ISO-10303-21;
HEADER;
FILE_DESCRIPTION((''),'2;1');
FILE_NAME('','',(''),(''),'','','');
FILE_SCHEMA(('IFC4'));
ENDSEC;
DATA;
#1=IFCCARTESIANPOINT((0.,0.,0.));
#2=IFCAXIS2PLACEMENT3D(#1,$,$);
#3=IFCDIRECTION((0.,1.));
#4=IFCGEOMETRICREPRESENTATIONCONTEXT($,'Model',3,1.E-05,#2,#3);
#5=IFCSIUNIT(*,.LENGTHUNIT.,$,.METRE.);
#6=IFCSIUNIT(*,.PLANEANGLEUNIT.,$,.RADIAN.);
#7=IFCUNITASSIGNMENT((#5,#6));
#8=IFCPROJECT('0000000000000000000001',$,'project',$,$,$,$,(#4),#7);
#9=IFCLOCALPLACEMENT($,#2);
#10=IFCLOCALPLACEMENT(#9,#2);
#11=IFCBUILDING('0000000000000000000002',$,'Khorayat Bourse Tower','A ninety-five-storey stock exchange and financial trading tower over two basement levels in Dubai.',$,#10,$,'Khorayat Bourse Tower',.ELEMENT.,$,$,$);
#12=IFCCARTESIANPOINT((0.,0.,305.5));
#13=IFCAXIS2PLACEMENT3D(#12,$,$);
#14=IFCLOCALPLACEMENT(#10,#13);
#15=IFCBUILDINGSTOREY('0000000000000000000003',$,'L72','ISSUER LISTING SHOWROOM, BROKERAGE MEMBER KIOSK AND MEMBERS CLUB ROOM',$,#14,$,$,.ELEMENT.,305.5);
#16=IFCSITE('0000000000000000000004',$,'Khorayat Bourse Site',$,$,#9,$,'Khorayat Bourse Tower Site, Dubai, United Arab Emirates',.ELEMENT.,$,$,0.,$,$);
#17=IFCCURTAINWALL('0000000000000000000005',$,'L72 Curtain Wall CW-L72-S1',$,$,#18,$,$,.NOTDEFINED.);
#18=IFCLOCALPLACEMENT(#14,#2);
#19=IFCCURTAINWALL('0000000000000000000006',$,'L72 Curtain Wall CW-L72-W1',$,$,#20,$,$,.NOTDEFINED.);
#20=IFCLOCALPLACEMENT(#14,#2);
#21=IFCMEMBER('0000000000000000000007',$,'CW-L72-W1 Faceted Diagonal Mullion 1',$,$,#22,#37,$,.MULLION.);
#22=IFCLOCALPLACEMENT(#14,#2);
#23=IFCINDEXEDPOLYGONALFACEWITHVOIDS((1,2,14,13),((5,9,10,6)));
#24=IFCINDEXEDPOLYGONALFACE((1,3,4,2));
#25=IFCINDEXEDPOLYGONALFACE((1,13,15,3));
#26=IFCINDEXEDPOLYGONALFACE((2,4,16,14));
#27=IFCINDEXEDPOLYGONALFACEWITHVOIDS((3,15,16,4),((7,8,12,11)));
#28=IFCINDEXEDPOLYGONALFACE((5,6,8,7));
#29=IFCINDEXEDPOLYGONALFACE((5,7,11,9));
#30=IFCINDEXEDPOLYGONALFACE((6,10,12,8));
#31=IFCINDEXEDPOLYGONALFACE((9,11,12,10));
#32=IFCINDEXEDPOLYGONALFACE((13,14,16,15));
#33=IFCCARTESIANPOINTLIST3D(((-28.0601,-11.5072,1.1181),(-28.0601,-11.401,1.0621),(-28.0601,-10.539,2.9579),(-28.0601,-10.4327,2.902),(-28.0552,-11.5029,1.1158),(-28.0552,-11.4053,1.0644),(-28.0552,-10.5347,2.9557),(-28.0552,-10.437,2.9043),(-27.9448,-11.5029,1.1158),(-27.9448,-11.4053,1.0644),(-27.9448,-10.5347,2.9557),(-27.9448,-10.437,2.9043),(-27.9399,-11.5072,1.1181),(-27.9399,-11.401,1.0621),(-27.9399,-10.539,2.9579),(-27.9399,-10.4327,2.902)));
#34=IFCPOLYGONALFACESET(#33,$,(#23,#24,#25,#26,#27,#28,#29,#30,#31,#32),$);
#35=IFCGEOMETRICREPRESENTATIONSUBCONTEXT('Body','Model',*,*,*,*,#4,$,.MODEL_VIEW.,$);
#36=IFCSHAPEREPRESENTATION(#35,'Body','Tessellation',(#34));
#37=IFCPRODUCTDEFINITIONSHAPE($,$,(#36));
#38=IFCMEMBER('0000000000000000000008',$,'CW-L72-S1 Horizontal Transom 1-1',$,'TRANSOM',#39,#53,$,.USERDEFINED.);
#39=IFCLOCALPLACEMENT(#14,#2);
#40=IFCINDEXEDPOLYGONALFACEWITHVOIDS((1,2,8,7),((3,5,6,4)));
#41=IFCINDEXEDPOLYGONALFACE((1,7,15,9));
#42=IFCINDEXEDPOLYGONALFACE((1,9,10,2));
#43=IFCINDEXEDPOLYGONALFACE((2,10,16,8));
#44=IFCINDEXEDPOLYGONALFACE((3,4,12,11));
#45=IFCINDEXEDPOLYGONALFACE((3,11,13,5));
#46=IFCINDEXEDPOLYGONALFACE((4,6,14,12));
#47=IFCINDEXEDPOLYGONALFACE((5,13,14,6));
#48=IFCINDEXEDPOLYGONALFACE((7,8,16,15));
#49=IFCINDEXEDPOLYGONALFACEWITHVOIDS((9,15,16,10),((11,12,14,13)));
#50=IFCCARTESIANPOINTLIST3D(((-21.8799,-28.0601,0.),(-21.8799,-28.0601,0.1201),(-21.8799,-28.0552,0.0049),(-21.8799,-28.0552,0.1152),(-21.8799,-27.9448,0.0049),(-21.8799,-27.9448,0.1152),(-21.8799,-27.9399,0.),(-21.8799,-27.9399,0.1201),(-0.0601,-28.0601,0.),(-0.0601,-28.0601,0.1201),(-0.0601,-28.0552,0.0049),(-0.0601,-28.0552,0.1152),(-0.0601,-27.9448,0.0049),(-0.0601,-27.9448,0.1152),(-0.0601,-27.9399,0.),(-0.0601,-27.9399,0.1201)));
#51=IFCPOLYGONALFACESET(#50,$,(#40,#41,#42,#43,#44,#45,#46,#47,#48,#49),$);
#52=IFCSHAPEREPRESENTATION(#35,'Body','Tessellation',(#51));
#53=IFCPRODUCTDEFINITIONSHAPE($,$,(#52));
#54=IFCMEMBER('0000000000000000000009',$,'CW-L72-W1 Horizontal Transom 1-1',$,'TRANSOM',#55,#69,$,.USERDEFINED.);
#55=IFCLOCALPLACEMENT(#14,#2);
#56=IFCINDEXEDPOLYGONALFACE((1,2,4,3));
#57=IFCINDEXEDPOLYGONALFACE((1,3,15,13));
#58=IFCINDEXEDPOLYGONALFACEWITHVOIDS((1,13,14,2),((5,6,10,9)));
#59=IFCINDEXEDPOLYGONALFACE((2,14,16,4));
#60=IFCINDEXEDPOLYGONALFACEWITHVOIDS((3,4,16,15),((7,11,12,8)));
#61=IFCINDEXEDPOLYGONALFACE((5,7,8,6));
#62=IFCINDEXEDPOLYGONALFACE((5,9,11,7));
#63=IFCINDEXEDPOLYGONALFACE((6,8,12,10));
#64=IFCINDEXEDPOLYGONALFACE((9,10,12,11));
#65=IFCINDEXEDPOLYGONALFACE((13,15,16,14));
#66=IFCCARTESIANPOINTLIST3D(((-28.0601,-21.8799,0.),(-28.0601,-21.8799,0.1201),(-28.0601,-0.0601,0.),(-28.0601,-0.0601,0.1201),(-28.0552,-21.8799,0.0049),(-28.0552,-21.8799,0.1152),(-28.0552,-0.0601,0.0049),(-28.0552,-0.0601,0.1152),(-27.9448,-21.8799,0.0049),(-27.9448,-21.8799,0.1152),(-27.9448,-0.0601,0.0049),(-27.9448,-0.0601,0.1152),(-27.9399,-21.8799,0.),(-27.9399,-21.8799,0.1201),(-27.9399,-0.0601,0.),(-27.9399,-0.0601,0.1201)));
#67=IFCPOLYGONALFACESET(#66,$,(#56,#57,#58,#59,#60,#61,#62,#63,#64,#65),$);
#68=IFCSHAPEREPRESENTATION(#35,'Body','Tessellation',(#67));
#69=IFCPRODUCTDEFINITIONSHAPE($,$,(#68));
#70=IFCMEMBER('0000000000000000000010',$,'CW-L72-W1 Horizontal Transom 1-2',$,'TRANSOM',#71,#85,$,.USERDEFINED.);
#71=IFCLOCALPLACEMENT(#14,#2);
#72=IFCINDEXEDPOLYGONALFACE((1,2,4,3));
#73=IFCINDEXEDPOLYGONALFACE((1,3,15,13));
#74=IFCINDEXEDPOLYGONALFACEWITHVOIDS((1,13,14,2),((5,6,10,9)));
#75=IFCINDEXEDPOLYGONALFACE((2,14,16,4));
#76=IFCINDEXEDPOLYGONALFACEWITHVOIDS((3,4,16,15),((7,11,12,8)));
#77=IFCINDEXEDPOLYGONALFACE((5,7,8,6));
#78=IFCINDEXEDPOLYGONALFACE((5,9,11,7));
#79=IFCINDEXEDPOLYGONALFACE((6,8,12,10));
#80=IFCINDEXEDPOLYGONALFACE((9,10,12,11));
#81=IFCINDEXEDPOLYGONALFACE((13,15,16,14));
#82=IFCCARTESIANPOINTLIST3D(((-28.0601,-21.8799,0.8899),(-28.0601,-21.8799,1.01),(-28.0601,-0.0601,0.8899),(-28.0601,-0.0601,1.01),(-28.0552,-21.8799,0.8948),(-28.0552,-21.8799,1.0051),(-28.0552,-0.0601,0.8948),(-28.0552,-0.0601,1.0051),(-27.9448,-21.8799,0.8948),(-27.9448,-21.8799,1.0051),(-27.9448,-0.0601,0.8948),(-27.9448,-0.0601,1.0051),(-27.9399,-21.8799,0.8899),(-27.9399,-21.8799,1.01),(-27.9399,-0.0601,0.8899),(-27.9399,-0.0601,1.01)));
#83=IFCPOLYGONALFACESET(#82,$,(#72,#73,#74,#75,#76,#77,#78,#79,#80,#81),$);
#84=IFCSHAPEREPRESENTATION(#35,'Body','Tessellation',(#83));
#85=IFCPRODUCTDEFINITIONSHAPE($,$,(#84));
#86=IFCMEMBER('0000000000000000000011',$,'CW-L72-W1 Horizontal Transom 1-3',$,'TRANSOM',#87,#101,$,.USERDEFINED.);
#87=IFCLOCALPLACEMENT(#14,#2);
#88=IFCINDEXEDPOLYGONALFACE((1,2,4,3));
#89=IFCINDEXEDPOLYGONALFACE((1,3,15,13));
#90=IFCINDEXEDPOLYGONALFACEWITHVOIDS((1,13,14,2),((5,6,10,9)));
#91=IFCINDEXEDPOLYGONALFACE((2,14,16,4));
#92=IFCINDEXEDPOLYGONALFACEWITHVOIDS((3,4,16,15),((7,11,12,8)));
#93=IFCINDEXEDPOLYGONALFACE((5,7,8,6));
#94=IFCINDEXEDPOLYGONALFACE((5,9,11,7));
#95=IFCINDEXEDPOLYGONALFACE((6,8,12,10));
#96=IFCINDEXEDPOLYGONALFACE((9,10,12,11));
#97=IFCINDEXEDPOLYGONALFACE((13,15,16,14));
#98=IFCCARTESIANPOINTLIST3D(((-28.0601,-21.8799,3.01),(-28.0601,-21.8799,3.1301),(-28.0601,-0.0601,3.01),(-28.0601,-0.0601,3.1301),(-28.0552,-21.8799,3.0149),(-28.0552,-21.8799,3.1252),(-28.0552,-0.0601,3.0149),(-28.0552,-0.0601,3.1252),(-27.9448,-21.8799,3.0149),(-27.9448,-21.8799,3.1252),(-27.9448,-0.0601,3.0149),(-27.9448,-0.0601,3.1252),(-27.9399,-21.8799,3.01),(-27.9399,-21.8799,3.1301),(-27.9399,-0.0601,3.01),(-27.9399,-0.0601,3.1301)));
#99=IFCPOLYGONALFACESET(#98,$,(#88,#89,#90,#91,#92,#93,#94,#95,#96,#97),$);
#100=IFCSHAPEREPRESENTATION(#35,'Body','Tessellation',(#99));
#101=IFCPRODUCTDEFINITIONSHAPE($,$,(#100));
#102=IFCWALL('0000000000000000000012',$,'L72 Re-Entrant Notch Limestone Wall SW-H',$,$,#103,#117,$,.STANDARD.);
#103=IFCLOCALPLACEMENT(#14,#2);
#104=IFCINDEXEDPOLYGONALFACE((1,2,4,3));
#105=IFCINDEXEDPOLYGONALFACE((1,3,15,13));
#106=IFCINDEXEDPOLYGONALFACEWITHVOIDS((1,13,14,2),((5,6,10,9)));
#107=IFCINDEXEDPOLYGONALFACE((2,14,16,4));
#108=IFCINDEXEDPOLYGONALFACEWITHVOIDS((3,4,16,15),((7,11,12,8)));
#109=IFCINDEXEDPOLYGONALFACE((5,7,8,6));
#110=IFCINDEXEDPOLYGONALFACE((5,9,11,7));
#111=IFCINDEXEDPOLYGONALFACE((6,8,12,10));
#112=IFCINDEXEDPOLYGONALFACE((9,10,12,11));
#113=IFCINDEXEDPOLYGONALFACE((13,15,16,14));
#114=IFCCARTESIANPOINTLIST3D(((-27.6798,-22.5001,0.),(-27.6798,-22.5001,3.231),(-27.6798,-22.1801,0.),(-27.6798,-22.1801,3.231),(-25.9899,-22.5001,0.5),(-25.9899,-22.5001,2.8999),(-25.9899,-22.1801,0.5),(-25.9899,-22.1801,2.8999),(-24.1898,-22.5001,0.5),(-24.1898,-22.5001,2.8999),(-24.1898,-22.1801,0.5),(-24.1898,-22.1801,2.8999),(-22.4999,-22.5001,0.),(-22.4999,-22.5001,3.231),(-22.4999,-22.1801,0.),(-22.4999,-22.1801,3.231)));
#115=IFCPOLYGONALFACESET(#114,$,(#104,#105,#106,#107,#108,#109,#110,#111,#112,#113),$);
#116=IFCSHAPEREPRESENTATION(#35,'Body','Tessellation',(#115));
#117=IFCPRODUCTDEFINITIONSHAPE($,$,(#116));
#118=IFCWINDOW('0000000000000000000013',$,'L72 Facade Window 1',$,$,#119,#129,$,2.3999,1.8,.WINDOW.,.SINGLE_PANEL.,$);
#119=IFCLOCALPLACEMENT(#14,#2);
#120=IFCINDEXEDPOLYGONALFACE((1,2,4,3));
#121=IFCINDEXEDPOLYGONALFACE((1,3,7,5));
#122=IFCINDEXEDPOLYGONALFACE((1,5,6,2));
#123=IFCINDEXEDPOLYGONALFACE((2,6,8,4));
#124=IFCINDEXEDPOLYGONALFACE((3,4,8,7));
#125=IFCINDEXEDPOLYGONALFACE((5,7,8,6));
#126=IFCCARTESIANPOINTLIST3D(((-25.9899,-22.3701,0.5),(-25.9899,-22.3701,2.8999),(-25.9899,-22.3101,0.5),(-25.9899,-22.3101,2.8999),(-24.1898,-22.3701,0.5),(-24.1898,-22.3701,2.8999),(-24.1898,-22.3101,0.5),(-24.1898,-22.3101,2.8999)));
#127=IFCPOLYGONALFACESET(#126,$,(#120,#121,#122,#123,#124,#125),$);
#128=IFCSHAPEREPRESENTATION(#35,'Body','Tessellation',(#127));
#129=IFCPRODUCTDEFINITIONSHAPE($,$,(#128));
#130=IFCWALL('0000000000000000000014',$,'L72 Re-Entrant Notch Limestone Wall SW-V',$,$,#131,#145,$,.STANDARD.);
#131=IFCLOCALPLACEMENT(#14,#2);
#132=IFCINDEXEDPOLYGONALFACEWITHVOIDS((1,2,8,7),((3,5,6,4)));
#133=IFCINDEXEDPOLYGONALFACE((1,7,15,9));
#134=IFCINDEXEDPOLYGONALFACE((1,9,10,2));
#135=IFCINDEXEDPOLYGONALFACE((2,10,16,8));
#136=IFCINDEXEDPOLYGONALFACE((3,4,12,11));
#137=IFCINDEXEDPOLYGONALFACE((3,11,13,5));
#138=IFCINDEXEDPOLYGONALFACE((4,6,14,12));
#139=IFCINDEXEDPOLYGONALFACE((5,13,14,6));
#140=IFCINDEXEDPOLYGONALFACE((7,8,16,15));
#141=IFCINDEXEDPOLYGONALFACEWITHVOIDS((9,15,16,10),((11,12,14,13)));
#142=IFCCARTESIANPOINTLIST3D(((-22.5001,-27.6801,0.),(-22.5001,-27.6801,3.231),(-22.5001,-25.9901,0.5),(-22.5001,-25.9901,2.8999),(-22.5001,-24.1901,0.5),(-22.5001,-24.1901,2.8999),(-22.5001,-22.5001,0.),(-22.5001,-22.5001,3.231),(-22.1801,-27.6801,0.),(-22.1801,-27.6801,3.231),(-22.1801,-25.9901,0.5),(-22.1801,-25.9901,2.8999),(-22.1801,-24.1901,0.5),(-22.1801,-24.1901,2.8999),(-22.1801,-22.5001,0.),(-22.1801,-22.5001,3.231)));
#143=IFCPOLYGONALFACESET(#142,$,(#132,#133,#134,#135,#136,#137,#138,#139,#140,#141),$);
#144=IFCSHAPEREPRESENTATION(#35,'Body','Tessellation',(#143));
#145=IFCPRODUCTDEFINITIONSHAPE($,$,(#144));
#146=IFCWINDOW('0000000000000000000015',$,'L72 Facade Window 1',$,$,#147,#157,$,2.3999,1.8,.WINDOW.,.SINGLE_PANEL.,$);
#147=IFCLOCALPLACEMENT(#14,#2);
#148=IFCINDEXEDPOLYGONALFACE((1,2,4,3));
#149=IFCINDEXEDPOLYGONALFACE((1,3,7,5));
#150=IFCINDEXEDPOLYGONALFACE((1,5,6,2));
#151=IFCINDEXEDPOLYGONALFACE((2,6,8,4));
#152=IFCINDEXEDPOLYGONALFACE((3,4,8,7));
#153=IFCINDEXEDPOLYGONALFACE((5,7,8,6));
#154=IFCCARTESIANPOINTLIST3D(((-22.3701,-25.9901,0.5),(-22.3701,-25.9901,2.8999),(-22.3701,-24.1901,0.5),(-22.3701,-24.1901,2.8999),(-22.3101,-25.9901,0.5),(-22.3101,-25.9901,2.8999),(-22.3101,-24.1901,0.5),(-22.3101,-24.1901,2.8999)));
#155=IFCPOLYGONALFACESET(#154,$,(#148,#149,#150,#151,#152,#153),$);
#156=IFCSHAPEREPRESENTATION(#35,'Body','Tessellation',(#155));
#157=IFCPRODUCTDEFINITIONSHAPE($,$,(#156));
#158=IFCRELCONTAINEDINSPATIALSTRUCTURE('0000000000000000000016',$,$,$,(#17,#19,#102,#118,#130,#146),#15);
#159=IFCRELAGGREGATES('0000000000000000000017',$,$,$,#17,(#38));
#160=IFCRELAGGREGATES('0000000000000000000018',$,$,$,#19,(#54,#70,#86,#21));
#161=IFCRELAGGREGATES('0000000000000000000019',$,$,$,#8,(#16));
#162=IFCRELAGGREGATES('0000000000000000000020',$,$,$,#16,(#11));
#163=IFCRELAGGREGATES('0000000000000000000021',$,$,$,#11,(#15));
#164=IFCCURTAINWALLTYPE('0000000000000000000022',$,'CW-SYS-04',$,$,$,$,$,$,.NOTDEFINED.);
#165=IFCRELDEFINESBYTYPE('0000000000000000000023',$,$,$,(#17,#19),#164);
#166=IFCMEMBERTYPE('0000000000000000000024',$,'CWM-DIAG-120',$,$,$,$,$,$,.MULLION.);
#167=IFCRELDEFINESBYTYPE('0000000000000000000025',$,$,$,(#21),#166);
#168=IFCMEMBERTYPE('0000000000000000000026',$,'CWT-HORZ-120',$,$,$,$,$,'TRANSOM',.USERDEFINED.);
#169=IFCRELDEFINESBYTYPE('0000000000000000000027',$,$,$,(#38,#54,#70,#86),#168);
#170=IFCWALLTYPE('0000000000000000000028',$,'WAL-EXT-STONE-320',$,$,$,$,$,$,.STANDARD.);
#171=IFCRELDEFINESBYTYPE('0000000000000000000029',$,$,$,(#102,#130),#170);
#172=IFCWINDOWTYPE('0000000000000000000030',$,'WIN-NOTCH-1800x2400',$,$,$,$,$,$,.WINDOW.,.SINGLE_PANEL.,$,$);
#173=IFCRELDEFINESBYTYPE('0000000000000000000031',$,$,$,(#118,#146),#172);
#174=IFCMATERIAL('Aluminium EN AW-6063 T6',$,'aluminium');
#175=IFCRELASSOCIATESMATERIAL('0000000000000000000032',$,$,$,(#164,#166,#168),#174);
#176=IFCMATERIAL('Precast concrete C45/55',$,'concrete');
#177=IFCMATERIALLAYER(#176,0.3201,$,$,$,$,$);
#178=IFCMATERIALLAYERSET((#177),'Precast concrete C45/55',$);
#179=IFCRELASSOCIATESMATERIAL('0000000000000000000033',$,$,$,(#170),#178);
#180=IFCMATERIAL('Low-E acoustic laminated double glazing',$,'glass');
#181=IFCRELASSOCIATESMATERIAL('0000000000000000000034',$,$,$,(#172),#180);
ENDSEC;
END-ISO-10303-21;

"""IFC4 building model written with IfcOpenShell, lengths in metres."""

from ifc_helpers import new_model, si_unit, direction, frame, frame_2d, origin, origin_2d, place, context, subcontext, project, spatial, rectangle, hollow_rectangle, extrude, source, transform, mapped, material, layer, layer_set, material_profile, profile_set, type_object, element, fill, aggregate, save


model = new_model("IFC4")

# Units and contexts
model_context = context("Model", 3, precision=1e-05, world=origin(), true_north=direction((0.0, 1.0)))
body_context = subcontext(model_context, "Body", "Model", "MODEL_VIEW")
ifc_project = project(units=[si_unit("LENGTHUNIT", "METRE"), si_unit("PLANEANGLEUNIT", "RADIAN")], contexts=[model_context])

# Site, building, storey
site_placement = place(None, origin())
site = spatial("IfcSite", under=ifc_project, at=site_placement, Name="Khorayat Bourse Site", LongName="Khorayat Bourse Tower Site, Dubai, United Arab Emirates", CompositionType="ELEMENT", RefElevation=0.0)
building_placement = place(site_placement, origin())
building = spatial("IfcBuilding", under=site, at=building_placement, Name="Khorayat Bourse Tower", Description="A ninety-five-storey stock exchange and financial trading tower over two basement levels in Dubai.", LongName="Khorayat Bourse Tower", CompositionType="ELEMENT")
storey_placement = place(building_placement, frame((0.0, 0.0, 305.5)))
storey = spatial("IfcBuildingStorey", under=building, at=storey_placement, Name="L72", Description="ISSUER LISTING SHOWROOM, BROKERAGE MEMBER KIOSK AND MEMBERS CLUB ROOM", CompositionType="ELEMENT", Elevation=305.5)

# Curtain wall
ifc_material_1 = material(Name="Aluminium EN AW-6063 T6", Category="aluminium")
curtain_wall_type = type_object("IfcCurtainWallType", Name="CW-SYS-04", PredefinedType="NOTDEFINED", material=ifc_material_1)
curtain_wall_1_placement = place(storey_placement, origin())
curtain_wall_1 = element("IfcCurtainWall", 1, at=curtain_wall_1_placement, inside=storey, type_object=curtain_wall_type, Name="L72 Curtain Wall CW-L72-S1", PredefinedType="NOTDEFINED")

# Curtain wall, member
curtain_wall_2_placement = place(storey_placement, origin())
curtain_wall_2 = element("IfcCurtainWall", 2, at=curtain_wall_2_placement, inside=storey, type_object=curtain_wall_type, Name="L72 Curtain Wall CW-L72-W1", PredefinedType="NOTDEFINED")
ifc_material_profile_1 = material_profile(ifc_material_1, hollow_rectangle(XDim=0.1201, YDim=0.1201, WallThickness=0.0049, at=origin_2d()), Name="ALU 120x120x5")
ifc_profile_set_1 = profile_set([ifc_material_profile_1], Name="Aluminium EN AW-6063 T6")
member_type_1 = type_object("IfcMemberType", Name="CWM-DIAG-120", PredefinedType="MULLION", material=ifc_profile_set_1)
shared_shape_1 = source(origin(), body_context, "Body", "SweptSolid", [
    extrude(hollow_rectangle(XDim=0.1201, YDim=0.1201, WallThickness=0.0049, at=origin_2d()), origin(), (0.0, 0.0, 1.0), 2.0791),
])
member_1_placement = place(storey_placement, frame((-28.0, -11.4541, 1.0901), z_axis=(0.0, 0.465717, 0.884934), x_axis=(-1.0, 0.0, 0.0)))
member_1 = element("IfcMember", 3, at=member_1_placement, type_object=member_type_1, Name="CW-L72-W1 Faceted Diagonal Mullion 1", PredefinedType="MULLION", context=body_context, shape_type="MappedRepresentation", body=[
    mapped(shared_shape_1, transform((0.0, 0.0, 0.0), scale=1.0)),
])

# Members
ifc_material_profile_2 = material_profile(ifc_material_1, hollow_rectangle(XDim=0.1201, YDim=0.1201, WallThickness=0.0049, at=origin_2d()), Name="ALU 120x120x5")
ifc_profile_set_2 = profile_set([ifc_material_profile_2], Name="Aluminium EN AW-6063 T6")
member_type_2 = type_object("IfcMemberType", Name="CWT-HORZ-120", ElementType="TRANSOM", PredefinedType="USERDEFINED", material=ifc_profile_set_2)
shared_shape_2 = source(origin(), body_context, "Body", "SweptSolid", [
    extrude(hollow_rectangle(XDim=0.1201, YDim=0.1201, WallThickness=0.0049, at=origin_2d()), origin(), (0.0, 0.0, 1.0), 21.8198),
])
member_2_placement = place(storey_placement, frame((-21.8799, -28.0, 0.0601), z_axis=(1.0, 0.0, 0.0), x_axis=(0.0, 1.0, 0.0)))
member_2 = element("IfcMember", 4, at=member_2_placement, type_object=member_type_2, Name="CW-L72-S1 Horizontal Transom 1-1", ObjectType="TRANSOM", PredefinedType="USERDEFINED", context=body_context, shape_type="MappedRepresentation", body=[
    mapped(shared_shape_2, transform((0.0, 0.0, 0.0), scale=1.0)),
])
aggregate(curtain_wall_1, [member_2])
member_3_placement = place(storey_placement, frame((-28.0, -21.8799, 0.0601), z_axis=(0.0, 1.0, 0.0), x_axis=(-1.0, 0.0, 0.0)))
member_3 = element("IfcMember", 5, at=member_3_placement, type_object=member_type_2, Name="CW-L72-W1 Horizontal Transom 1-1", ObjectType="TRANSOM", PredefinedType="USERDEFINED", context=body_context, shape_type="MappedRepresentation", body=[
    mapped(shared_shape_2, transform((0.0, 0.0, 0.0), scale=1.0)),
])
member_4_placement = place(storey_placement, frame((-28.0, -21.8799, 0.95), z_axis=(0.0, 1.0, 0.0), x_axis=(-1.0, 0.0, 0.0)))
member_4 = element("IfcMember", 6, at=member_4_placement, type_object=member_type_2, Name="CW-L72-W1 Horizontal Transom 1-2", ObjectType="TRANSOM", PredefinedType="USERDEFINED", context=body_context, shape_type="MappedRepresentation", body=[
    mapped(shared_shape_2, transform((0.0, 0.0, 0.0), scale=1.0)),
])
member_5_placement = place(storey_placement, frame((-28.0, -21.8799, 3.0701), z_axis=(0.0, 1.0, 0.0), x_axis=(-1.0, 0.0, 0.0)))
member_5 = element("IfcMember", 7, at=member_5_placement, type_object=member_type_2, Name="CW-L72-W1 Horizontal Transom 1-3", ObjectType="TRANSOM", PredefinedType="USERDEFINED", context=body_context, shape_type="MappedRepresentation", body=[
    mapped(shared_shape_2, transform((0.0, 0.0, 0.0), scale=1.0)),
])
aggregate(curtain_wall_2, [member_3, member_4, member_5, member_1])

# Walls, openings, windows
ifc_material_2 = material(Name="Precast concrete C45/55", Category="concrete")
ifc_layer = layer(ifc_material_2, 0.3201)
ifc_layer_set = layer_set([ifc_layer], Name="Precast concrete C45/55")
wall_type = type_object("IfcWallType", Name="WAL-EXT-STONE-320", PredefinedType="STANDARD", material=ifc_layer_set)
shared_shape_3 = source(origin(), body_context, "Body", "SweptSolid", [
    extrude(rectangle(XDim=5.1799, YDim=0.3201, at=frame_2d((2.5898, 0.0))), origin(), (0.0, 0.0, 1.0), 3.231),
])
wall_1_placement = place(storey_placement, frame((-22.5, -22.3401, 0.0), z_axis=(0.0, 0.0, 1.0), x_axis=(-1.0, 0.0, 0.0)))
wall_1 = element("IfcWall", 8, at=wall_1_placement, inside=storey, type_object=wall_type, Name="L72 Re-Entrant Notch Limestone Wall SW-H", PredefinedType="STANDARD", context=body_context, shape_type="MappedRepresentation", body=[
    mapped(shared_shape_3, transform((0.0, 0.0, 0.0), scale=1.0)),
])
shared_shape_4 = source(origin(), body_context, "Body", "SweptSolid", [
    extrude(rectangle(XDim=1.8, YDim=2.3999, at=frame_2d((0.8999, 1.2))), frame((0.0, 0.1699, 0.0), z_axis=(0.0, -1.0, 0.0), x_axis=(1.0, 0.0, 0.0)), (0.0, 0.0, 1.0), 0.3401),
])
opening_1_placement = place(wall_1_placement, frame((1.6899, 0.0, 0.5)))
opening_1 = element("IfcOpeningElement", 9, at=opening_1_placement, cuts=wall_1, PredefinedType="OPENING", context=body_context, shape_type="MappedRepresentation", body=[
    mapped(shared_shape_4, transform((0.0, 0.0, 0.0), scale=1.0)),
])
ifc_material_3 = material(Name="Low-E acoustic laminated double glazing", Category="glass")
window_type = type_object("IfcWindowType", Name="WIN-NOTCH-1800x2400", PartitioningType="SINGLE_PANEL", PredefinedType="WINDOW", material=ifc_material_3)
shared_shape_5 = source(origin(), body_context, "Body", "SweptSolid", [
    extrude(rectangle(XDim=1.8, YDim=2.3999, at=frame_2d((0.8999, 1.2))), frame((0.0, 0.03, 0.0), z_axis=(0.0, -1.0, 0.0), x_axis=(1.0, 0.0, 0.0)), (0.0, 0.0, 1.0), 0.0601),
])
window_1_placement = place(opening_1_placement, origin())
window_1 = element("IfcWindow", 10, at=window_1_placement, inside=storey, type_object=window_type, Name="L72 Facade Window 1", OverallHeight=2.3999, OverallWidth=1.8, PartitioningType="SINGLE_PANEL", PredefinedType="WINDOW", context=body_context, shape_type="MappedRepresentation", body=[
    mapped(shared_shape_5, transform((0.0, 0.0, 0.0), scale=1.0)),
])
fill(opening_1, window_1)
wall_2_placement = place(storey_placement, frame((-22.3401, -27.6799, 0.0), z_axis=(0.0, 0.0, 1.0), x_axis=(0.0, 1.0, 0.0)))
wall_2 = element("IfcWall", 11, at=wall_2_placement, inside=storey, type_object=wall_type, Name="L72 Re-Entrant Notch Limestone Wall SW-V", PredefinedType="STANDARD", context=body_context, shape_type="MappedRepresentation", body=[
    mapped(shared_shape_3, transform((0.0, 0.0, 0.0), scale=1.0)),
])
opening_2_placement = place(wall_2_placement, frame((1.6899, 0.0, 0.5)))
opening_2 = element("IfcOpeningElement", 12, at=opening_2_placement, cuts=wall_2, PredefinedType="OPENING", context=body_context, shape_type="MappedRepresentation", body=[
    mapped(shared_shape_4, transform((0.0, 0.0, 0.0), scale=1.0)),
])
window_2_placement = place(opening_2_placement, origin())
window_2 = element("IfcWindow", 13, at=window_2_placement, inside=storey, type_object=window_type, Name="L72 Facade Window 1", OverallHeight=2.3999, OverallWidth=1.8, PartitioningType="SINGLE_PANEL", PredefinedType="WINDOW", context=body_context, shape_type="MappedRepresentation", body=[
    mapped(shared_shape_5, transform((0.0, 0.0, 0.0), scale=1.0)),
])
fill(opening_2, window_2)

save(model, "model.ifc")
